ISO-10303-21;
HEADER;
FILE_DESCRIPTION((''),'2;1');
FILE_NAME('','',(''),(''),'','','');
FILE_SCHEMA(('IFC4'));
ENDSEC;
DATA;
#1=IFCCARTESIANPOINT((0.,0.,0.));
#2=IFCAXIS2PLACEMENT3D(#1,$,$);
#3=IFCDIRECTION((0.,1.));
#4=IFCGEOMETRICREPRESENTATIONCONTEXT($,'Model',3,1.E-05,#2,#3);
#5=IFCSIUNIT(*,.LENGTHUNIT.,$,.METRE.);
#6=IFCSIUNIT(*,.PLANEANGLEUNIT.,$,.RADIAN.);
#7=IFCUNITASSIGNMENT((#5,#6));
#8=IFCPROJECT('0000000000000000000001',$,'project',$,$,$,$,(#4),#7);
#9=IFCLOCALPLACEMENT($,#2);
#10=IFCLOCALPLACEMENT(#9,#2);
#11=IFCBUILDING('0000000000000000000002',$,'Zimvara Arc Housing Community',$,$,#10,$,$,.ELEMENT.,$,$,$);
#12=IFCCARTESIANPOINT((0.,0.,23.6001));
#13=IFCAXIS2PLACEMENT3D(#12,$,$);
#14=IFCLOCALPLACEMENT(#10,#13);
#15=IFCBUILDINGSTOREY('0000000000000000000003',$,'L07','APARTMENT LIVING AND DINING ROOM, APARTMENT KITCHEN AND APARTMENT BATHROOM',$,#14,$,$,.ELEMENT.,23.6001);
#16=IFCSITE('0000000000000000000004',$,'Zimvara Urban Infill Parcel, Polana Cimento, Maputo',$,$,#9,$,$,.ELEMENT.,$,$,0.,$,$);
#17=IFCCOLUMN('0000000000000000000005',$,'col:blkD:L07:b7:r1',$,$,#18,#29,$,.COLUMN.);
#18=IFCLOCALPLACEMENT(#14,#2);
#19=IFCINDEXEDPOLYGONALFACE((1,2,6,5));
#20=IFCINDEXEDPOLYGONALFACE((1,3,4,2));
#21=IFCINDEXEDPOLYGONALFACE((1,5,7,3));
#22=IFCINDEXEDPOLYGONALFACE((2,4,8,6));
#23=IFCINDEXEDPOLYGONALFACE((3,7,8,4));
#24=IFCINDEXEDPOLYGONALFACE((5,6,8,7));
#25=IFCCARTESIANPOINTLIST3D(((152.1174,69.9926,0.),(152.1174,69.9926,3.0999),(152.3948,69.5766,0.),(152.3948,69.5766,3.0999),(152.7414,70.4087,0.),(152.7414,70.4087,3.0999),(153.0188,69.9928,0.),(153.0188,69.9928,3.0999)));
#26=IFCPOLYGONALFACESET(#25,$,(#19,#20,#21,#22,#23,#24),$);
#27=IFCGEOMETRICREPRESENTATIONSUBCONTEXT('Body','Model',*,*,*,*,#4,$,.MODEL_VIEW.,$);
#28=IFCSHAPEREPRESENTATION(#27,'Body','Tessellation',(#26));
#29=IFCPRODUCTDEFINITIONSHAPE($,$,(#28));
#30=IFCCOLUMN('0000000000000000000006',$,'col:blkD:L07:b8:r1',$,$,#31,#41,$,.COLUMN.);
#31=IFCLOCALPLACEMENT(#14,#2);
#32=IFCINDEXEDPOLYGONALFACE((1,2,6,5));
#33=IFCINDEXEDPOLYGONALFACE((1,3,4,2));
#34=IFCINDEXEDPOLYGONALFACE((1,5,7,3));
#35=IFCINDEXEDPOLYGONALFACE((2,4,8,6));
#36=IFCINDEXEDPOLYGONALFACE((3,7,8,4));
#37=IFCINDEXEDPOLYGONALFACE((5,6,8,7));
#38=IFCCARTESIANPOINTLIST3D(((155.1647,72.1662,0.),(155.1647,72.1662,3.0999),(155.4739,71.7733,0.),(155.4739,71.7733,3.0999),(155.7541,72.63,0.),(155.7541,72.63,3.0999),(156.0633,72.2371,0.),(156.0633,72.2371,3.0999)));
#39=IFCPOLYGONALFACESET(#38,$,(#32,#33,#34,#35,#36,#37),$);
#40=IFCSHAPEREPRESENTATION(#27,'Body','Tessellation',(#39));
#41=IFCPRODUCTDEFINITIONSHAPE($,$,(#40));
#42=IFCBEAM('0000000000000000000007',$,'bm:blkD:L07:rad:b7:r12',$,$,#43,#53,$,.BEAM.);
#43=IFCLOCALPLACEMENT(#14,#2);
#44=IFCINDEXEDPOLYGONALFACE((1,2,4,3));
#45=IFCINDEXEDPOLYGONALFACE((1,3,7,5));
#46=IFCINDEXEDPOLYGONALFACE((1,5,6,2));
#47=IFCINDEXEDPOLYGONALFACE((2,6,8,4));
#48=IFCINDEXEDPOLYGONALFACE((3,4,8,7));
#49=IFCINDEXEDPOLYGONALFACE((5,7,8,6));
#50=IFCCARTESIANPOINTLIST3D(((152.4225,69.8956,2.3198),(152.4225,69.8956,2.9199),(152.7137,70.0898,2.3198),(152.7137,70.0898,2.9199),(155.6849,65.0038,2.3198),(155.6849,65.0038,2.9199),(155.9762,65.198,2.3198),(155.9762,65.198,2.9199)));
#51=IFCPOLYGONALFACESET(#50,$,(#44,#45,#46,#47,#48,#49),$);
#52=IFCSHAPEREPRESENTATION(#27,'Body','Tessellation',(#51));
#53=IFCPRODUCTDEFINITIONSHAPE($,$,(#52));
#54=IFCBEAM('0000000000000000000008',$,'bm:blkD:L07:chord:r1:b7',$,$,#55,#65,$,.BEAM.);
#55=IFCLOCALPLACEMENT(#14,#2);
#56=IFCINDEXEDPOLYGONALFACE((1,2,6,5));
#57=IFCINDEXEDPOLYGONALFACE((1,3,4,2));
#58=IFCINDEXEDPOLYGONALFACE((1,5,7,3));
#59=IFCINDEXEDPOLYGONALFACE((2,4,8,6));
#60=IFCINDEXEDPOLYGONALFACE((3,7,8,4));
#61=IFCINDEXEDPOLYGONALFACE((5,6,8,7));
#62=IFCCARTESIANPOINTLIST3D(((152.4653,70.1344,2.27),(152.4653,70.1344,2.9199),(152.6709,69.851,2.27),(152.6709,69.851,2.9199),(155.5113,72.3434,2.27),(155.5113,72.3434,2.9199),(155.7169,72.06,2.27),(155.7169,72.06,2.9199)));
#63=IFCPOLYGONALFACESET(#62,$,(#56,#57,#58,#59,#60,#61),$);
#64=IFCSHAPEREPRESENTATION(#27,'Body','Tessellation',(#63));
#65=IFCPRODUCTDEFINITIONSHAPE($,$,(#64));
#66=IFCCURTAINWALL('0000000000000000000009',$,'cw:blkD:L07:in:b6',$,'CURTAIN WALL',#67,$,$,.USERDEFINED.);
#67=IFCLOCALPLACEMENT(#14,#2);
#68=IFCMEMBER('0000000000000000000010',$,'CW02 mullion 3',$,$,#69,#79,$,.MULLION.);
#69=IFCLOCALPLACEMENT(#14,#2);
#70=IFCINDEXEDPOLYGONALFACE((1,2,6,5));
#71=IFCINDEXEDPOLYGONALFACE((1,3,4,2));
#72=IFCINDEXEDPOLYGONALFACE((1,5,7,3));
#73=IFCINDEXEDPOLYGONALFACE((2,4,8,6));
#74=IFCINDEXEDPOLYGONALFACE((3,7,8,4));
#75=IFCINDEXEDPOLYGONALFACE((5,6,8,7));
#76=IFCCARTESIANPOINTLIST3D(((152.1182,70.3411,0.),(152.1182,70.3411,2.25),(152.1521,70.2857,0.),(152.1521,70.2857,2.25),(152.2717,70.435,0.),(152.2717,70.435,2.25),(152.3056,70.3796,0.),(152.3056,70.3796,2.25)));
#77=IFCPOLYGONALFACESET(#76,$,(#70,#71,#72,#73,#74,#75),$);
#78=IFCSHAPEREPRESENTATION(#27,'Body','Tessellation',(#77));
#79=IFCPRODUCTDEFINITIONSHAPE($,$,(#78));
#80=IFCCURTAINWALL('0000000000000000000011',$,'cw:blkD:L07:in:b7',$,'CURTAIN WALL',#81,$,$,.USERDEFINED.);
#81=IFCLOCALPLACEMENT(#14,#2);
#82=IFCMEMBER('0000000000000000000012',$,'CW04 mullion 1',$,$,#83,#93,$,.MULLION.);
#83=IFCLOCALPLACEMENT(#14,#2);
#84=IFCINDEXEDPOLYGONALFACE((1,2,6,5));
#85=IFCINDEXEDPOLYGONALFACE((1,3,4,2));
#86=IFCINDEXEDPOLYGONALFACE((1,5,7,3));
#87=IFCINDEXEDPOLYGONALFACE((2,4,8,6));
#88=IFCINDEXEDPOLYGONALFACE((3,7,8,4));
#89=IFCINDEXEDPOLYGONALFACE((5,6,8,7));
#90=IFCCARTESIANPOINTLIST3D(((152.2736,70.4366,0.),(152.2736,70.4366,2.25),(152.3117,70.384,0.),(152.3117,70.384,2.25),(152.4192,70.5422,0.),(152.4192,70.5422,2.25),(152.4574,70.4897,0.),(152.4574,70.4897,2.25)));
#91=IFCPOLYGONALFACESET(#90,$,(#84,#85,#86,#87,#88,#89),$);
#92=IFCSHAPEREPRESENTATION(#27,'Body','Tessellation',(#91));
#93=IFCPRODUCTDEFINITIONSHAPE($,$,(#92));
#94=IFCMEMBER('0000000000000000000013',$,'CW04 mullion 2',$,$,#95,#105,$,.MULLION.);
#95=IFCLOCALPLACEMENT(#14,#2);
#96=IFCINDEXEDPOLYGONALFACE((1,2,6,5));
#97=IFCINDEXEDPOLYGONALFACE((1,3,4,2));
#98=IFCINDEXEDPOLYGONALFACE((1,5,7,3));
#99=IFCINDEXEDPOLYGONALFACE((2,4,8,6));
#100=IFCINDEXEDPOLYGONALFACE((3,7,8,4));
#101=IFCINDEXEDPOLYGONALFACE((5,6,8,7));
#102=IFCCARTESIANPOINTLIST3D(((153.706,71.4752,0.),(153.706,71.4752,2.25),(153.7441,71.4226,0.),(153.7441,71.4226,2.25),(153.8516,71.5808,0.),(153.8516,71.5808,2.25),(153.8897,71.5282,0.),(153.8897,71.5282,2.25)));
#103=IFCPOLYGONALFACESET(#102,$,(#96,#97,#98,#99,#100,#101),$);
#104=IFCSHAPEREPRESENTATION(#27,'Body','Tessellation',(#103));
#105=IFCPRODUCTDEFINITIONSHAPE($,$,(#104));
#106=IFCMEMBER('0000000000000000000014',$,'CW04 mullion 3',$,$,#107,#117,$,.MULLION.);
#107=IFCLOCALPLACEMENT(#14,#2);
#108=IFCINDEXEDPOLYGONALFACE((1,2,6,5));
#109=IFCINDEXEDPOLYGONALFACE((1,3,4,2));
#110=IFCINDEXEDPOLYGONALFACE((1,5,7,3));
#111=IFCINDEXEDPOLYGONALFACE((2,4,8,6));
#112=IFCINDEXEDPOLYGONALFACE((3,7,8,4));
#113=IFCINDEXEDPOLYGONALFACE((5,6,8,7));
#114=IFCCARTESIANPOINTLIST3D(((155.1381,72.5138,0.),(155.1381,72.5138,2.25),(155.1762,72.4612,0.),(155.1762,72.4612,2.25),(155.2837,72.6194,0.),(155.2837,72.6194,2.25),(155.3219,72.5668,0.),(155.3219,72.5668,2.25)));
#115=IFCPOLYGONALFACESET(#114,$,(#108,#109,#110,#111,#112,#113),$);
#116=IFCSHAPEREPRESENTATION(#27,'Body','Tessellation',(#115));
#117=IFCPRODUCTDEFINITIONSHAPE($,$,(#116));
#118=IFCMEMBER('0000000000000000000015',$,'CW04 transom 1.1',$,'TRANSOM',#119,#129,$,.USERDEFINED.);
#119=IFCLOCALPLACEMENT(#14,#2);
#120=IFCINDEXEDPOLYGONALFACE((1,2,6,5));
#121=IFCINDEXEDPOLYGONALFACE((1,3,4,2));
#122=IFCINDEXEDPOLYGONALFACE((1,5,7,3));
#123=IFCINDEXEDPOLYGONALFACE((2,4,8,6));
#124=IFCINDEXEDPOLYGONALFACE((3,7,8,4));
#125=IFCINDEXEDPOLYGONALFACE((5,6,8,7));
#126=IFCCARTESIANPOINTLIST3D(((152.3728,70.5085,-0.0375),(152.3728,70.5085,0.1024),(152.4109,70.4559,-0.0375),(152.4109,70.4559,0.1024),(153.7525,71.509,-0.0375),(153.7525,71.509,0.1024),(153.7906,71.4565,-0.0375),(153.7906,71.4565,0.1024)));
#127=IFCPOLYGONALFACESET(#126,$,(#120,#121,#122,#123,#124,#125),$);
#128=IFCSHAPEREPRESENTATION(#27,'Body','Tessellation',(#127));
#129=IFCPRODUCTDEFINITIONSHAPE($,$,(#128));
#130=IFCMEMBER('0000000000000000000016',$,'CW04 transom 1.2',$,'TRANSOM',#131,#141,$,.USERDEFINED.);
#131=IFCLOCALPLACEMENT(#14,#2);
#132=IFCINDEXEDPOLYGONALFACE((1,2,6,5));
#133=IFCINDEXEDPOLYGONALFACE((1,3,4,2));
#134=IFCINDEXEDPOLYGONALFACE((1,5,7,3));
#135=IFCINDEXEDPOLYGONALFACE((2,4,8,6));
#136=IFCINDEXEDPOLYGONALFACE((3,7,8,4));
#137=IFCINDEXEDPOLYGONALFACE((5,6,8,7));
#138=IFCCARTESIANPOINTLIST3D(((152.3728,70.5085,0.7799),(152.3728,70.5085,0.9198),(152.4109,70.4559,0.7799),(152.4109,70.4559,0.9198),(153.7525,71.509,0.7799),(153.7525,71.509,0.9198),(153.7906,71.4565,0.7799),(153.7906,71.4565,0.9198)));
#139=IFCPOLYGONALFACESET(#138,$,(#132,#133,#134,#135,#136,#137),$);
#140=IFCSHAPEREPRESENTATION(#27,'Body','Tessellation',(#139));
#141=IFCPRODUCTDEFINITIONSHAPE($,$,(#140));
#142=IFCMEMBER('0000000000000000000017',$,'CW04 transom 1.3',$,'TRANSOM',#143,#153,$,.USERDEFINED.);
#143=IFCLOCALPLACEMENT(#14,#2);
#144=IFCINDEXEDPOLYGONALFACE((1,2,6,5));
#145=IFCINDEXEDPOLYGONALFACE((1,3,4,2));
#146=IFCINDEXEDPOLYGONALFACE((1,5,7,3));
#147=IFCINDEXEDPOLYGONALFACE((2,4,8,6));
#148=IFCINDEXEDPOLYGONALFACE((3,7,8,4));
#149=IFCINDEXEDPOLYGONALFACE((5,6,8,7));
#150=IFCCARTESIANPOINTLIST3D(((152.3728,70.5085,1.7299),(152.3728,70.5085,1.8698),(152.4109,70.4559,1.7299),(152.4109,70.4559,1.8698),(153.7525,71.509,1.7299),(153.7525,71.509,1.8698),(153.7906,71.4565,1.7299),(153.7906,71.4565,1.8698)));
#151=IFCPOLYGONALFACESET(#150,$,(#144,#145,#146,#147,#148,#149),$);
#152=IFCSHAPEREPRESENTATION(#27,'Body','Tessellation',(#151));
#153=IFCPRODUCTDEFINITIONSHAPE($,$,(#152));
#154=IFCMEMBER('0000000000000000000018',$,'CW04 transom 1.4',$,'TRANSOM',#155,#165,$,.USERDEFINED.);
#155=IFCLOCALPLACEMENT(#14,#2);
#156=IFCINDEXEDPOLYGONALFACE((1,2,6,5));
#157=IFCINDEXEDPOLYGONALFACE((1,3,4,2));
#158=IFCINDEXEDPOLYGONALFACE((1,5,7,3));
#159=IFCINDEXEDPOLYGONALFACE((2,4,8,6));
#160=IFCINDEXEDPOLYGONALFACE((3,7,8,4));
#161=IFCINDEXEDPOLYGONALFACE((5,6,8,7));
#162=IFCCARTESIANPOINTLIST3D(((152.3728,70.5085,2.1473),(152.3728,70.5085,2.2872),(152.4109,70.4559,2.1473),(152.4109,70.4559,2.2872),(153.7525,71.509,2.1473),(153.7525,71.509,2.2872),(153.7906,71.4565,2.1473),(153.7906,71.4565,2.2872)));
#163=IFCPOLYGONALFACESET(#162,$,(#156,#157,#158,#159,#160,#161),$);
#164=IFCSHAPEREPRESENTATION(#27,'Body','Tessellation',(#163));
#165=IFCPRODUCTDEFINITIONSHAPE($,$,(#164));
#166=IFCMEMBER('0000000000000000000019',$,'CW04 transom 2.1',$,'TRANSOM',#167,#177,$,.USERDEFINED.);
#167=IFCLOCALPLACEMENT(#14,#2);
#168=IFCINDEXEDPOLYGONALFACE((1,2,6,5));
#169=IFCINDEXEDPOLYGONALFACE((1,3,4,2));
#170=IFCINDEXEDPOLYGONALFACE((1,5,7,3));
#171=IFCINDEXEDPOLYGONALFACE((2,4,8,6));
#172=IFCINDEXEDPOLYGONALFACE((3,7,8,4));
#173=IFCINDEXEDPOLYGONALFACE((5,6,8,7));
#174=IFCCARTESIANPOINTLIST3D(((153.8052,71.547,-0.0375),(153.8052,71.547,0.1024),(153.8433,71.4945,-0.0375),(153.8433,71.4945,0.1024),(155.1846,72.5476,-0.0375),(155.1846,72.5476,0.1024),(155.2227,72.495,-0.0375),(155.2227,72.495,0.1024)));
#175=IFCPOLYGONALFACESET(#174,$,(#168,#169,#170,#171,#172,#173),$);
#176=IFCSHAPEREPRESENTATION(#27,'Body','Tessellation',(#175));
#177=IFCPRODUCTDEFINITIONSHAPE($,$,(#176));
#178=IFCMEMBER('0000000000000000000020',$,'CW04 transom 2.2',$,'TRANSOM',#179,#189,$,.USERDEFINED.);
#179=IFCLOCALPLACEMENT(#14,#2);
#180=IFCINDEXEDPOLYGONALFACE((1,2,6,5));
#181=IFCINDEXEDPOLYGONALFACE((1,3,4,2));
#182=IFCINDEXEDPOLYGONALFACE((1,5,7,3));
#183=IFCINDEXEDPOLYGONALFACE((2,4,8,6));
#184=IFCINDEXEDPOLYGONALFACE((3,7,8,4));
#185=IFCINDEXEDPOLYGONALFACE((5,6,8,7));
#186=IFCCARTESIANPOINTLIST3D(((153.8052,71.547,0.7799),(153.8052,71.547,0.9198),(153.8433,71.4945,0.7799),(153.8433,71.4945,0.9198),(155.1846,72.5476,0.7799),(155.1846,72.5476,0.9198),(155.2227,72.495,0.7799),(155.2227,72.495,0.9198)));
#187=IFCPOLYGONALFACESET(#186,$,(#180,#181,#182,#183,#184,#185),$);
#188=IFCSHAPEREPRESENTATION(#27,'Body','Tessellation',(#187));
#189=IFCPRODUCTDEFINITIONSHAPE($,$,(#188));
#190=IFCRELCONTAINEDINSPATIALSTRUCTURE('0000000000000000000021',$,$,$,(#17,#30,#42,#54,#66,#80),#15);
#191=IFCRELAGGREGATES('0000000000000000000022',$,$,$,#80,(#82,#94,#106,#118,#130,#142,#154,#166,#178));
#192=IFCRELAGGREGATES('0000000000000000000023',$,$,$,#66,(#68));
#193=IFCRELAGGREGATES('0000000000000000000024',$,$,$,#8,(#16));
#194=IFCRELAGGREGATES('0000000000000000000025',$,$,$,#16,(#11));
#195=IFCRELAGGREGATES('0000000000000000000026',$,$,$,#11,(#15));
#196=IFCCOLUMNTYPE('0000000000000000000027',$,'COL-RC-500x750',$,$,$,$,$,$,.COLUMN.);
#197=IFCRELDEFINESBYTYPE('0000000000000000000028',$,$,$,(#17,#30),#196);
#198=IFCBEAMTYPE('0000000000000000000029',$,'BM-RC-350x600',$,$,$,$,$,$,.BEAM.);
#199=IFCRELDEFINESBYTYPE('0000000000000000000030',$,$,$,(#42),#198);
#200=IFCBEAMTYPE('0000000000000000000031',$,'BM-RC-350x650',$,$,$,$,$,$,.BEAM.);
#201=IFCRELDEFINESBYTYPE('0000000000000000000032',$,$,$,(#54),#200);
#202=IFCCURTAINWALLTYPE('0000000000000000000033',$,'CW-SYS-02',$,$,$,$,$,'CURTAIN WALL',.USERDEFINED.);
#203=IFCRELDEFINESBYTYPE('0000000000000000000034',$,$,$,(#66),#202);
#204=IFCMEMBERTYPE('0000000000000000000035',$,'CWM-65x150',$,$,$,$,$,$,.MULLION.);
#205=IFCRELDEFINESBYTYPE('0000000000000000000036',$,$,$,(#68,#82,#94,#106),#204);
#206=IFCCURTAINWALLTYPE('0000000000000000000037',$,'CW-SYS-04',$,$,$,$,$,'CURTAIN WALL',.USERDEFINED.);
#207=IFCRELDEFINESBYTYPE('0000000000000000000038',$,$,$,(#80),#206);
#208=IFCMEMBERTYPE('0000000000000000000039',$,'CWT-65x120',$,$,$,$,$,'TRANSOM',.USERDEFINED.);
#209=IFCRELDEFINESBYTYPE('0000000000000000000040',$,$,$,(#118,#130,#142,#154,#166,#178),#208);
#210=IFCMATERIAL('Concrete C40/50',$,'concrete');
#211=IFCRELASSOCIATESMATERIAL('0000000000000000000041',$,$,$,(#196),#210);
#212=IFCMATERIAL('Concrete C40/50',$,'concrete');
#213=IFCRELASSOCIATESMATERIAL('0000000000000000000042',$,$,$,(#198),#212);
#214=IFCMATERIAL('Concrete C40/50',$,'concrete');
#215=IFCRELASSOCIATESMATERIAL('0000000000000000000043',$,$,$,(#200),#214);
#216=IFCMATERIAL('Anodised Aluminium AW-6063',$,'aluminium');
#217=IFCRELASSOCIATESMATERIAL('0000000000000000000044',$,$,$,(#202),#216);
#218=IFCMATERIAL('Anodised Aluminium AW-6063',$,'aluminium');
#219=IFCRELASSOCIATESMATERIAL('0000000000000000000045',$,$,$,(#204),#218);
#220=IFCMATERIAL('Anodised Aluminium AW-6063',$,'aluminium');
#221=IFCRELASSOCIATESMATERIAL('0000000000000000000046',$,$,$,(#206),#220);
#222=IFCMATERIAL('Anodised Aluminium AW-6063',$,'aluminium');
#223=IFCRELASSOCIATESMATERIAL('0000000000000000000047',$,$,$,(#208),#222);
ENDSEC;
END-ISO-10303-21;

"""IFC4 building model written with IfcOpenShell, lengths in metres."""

from ifc_helpers import new_model, si_unit, direction, frame, origin, origin_2d, place, context, subcontext, project, spatial, rectangle, extrude, material, material_profile, profile_set, type_object, element, aggregate, save


model = new_model("IFC4")

# Units and contexts
model_context = context("Model", 3, precision=1e-05, world=origin(), true_north=direction((0.0, 1.0)))
body_context = subcontext(model_context, "Body", "Model", "MODEL_VIEW")
ifc_project = project(units=[si_unit("LENGTHUNIT", "METRE"), si_unit("PLANEANGLEUNIT", "RADIAN")], contexts=[model_context])

# Site, building, storey
site_placement = place(None, origin())
site = spatial("IfcSite", under=ifc_project, at=site_placement, Name="Zimvara Urban Infill Parcel, Polana Cimento, Maputo", CompositionType="ELEMENT", RefElevation=0.0)
building_placement = place(site_placement, origin())
building = spatial("IfcBuilding", under=site, at=building_placement, Name="Zimvara Arc Housing Community", CompositionType="ELEMENT")
storey_placement = place(building_placement, frame((0.0, 0.0, 23.6001)))
storey = spatial("IfcBuildingStorey", under=building, at=storey_placement, Name="L07", Description="APARTMENT LIVING AND DINING ROOM, APARTMENT KITCHEN AND APARTMENT BATHROOM", CompositionType="ELEMENT", Elevation=23.6001)

# Columns
ifc_material_1 = material(Name="Concrete C40/50", Category="concrete")
ifc_material_profile_1 = material_profile(ifc_material_1, rectangle(XDim=0.5, YDim=0.75, at=origin_2d()), Name="RC 500x750")
ifc_profile_set_1 = profile_set([ifc_material_profile_1], Name="Concrete C40/50")
column_type = type_object("IfcColumnType", Name="COL-RC-500x750", PredefinedType="COLUMN", material=ifc_profile_set_1)
for number, where, z_axis, x_axis, name in (
    (1, (152.5681, 69.9927, 0.0), (0.0, 0.0, 1.0), (0.554844, -0.831954, 0.0), "col:blkD:L07:b7:r1"),
    (2, (155.614, 72.2017, 0.0), (0.0, 0.0, 1.0), (0.618408, -0.785857, 0.0), "col:blkD:L07:b8:r1"),
):
    element("IfcColumn", number, at=place(storey_placement, frame(where, z_axis=z_axis, x_axis=x_axis)), inside=storey, type_object=column_type, Name=name, PredefinedType="COLUMN", context=body_context, shape_type="SweptSolid", body=[
        extrude(rectangle(XDim=0.5, YDim=0.75, at=origin_2d()), origin(), (0.0, 0.0, 1.0), 3.0999),
    ])

# Beams
ifc_material_2 = material(Name="Concrete C40/50", Category="concrete")
ifc_material_profile_2 = material_profile(ifc_material_2, rectangle(XDim=0.3501, YDim=0.6001, at=origin_2d()), Name="RC 350x600")
ifc_profile_set_2 = profile_set([ifc_material_profile_2], Name="Concrete C40/50")
beam_type_1 = type_object("IfcBeamType", Name="BM-RC-350x600", PredefinedType="BEAM", material=ifc_profile_set_2)
beam_1_placement = place(storey_placement, frame((152.5681, 69.9927, 2.6199), z_axis=(0.554844, -0.831954, 0.0), x_axis=(0.831954, 0.554844, 0.0)))
element("IfcBeam", 3, at=beam_1_placement, inside=storey, type_object=beam_type_1, Name="bm:blkD:L07:rad:b7:r12", PredefinedType="BEAM", context=body_context, shape_type="SweptSolid", body=[
    extrude(rectangle(XDim=0.3501, YDim=0.6001, at=origin_2d()), origin(), (0.0, 0.0, 1.0), 5.8799),
])
ifc_material_3 = material(Name="Concrete C40/50", Category="concrete")
ifc_material_profile_3 = material_profile(ifc_material_3, rectangle(XDim=0.3501, YDim=0.6499, at=origin_2d()), Name="RC 350x650")
ifc_profile_set_3 = profile_set([ifc_material_profile_3], Name="Concrete C40/50")
beam_type_2 = type_object("IfcBeamType", Name="BM-RC-350x650", PredefinedType="BEAM", material=ifc_profile_set_3)
beam_2_placement = place(storey_placement, frame((152.5681, 69.9927, 2.595), z_axis=(0.809521, 0.587091, 0.0), x_axis=(-0.587091, 0.809521, 0.0)))
element("IfcBeam", 4, at=beam_2_placement, inside=storey, type_object=beam_type_2, Name="bm:blkD:L07:chord:r1:b7", PredefinedType="BEAM", context=body_context, shape_type="SweptSolid", body=[
    extrude(rectangle(XDim=0.3501, YDim=0.6499, at=origin_2d()), origin(), (0.0, 0.0, 1.0), 3.7627),
])

# Curtain wall, member
ifc_material_4 = material(Name="Anodised Aluminium AW-6063", Category="aluminium")
curtain_wall_type_1 = type_object("IfcCurtainWallType", Name="CW-SYS-02", ElementType="CURTAIN WALL", PredefinedType="USERDEFINED", material=ifc_material_4)
curtain_wall_1_placement = place(storey_placement, origin())
curtain_wall_1 = element("IfcCurtainWall", 5, at=curtain_wall_1_placement, inside=storey, type_object=curtain_wall_type_1, Name="cw:blkD:L07:in:b6", ObjectType="CURTAIN WALL", PredefinedType="USERDEFINED")
ifc_material_5 = material(Name="Anodised Aluminium AW-6063", Category="aluminium")
ifc_material_profile_4 = material_profile(ifc_material_5, rectangle(XDim=0.0649, YDim=0.1799, at=origin_2d()), Name="ALU 65x180")
ifc_profile_set_4 = profile_set([ifc_material_profile_4], Name="Anodised Aluminium AW-6063")
member_type_1 = type_object("IfcMemberType", Name="CWM-65x150", PredefinedType="MULLION", material=ifc_profile_set_4)
member_1_placement = place(storey_placement, frame((152.2119, 70.3604, 0.0), z_axis=(0.0, 0.0, 1.0), x_axis=(-0.521754, 0.853096, 0.0)))
member_1 = element("IfcMember", 6, at=member_1_placement, type_object=member_type_1, Name="CW02 mullion 3", PredefinedType="MULLION", context=body_context, shape_type="SweptSolid", body=[
    extrude(rectangle(XDim=0.0649, YDim=0.1799, at=origin_2d()), origin(), (0.0, 0.0, 1.0), 2.25),
])

# Curtain wall, members
ifc_material_6 = material(Name="Anodised Aluminium AW-6063", Category="aluminium")
curtain_wall_type_2 = type_object("IfcCurtainWallType", Name="CW-SYS-04", ElementType="CURTAIN WALL", PredefinedType="USERDEFINED", material=ifc_material_6)
curtain_wall_2_placement = place(storey_placement, origin())
curtain_wall_2 = element("IfcCurtainWall", 7, at=curtain_wall_2_placement, inside=storey, type_object=curtain_wall_type_2, Name="cw:blkD:L07:in:b7", ObjectType="CURTAIN WALL", PredefinedType="USERDEFINED")
member_2_placement = place(storey_placement, frame((152.3655, 70.4631, 0.0), z_axis=(0.0, 0.0, 1.0), x_axis=(-0.587079, 0.80953, 0.0)))
member_2 = element("IfcMember", 8, at=member_2_placement, type_object=member_type_1, Name="CW04 mullion 1", PredefinedType="MULLION", context=body_context, shape_type="SweptSolid", body=[
    extrude(rectangle(XDim=0.0649, YDim=0.1799, at=origin_2d()), origin(), (0.0, 0.0, 1.0), 2.25),
])
member_3_placement = place(storey_placement, frame((153.7979, 71.5017, 0.0), z_axis=(0.0, 0.0, 1.0), x_axis=(-0.587079, 0.80953, 0.0)))
member_3 = element("IfcMember", 9, at=member_3_placement, type_object=member_type_1, Name="CW04 mullion 2", PredefinedType="MULLION", context=body_context, shape_type="SweptSolid", body=[
    extrude(rectangle(XDim=0.0649, YDim=0.1799, at=origin_2d()), origin(), (0.0, 0.0, 1.0), 2.25),
])
member_4_placement = place(storey_placement, frame((155.23, 72.5403, 0.0), z_axis=(0.0, 0.0, 1.0), x_axis=(-0.587079, 0.80953, 0.0)))
member_4 = element("IfcMember", 10, at=member_4_placement, type_object=member_type_1, Name="CW04 mullion 3", PredefinedType="MULLION", context=body_context, shape_type="SweptSolid", body=[
    extrude(rectangle(XDim=0.0649, YDim=0.1799, at=origin_2d()), origin(), (0.0, 0.0, 1.0), 2.25),
])
ifc_material_7 = material(Name="Anodised Aluminium AW-6063", Category="aluminium")
ifc_material_profile_5 = material_profile(ifc_material_7, rectangle(XDim=0.0649, YDim=0.1399, at=origin_2d()), Name="ALU 65x140")
ifc_profile_set_5 = profile_set([ifc_material_profile_5], Name="Anodised Aluminium AW-6063")
member_type_2 = type_object("IfcMemberType", Name="CWT-65x120", ElementType="TRANSOM", PredefinedType="USERDEFINED", material=ifc_profile_set_5)
member_5_placement = place(storey_placement, frame((152.3918, 70.4822, 0.0325), z_axis=(0.809541, 0.587064, 0.0), x_axis=(-0.587064, 0.809541, 0.0)))
member_5 = element("IfcMember", 11, at=member_5_placement, type_object=member_type_2, Name="CW04 transom 1.1", ObjectType="TRANSOM", PredefinedType="USERDEFINED", context=body_context, shape_type="SweptSolid", body=[
    extrude(rectangle(XDim=0.0649, YDim=0.1399, at=origin_2d()), origin(), (0.0, 0.0, 1.0), 1.7043),
])
member_6_placement = place(storey_placement, frame((152.3918, 70.4822, 0.8499), z_axis=(0.809541, 0.587064, 0.0), x_axis=(-0.587064, 0.809541, 0.0)))
member_6 = element("IfcMember", 12, at=member_6_placement, type_object=member_type_2, Name="CW04 transom 1.2", ObjectType="TRANSOM", PredefinedType="USERDEFINED", context=body_context, shape_type="SweptSolid", body=[
    extrude(rectangle(XDim=0.0649, YDim=0.1399, at=origin_2d()), origin(), (0.0, 0.0, 1.0), 1.7043),
])
member_7_placement = place(storey_placement, frame((152.3918, 70.4822, 1.7998), z_axis=(0.809541, 0.587064, 0.0), x_axis=(-0.587064, 0.809541, 0.0)))
member_7 = element("IfcMember", 13, at=member_7_placement, type_object=member_type_2, Name="CW04 transom 1.3", ObjectType="TRANSOM", PredefinedType="USERDEFINED", context=body_context, shape_type="SweptSolid", body=[
    extrude(rectangle(XDim=0.0649, YDim=0.1399, at=origin_2d()), origin(), (0.0, 0.0, 1.0), 1.7043),
])
member_8_placement = place(storey_placement, frame((152.3918, 70.4822, 2.2173), z_axis=(0.809541, 0.587064, 0.0), x_axis=(-0.587064, 0.809541, 0.0)))
member_8 = element("IfcMember", 14, at=member_8_placement, type_object=member_type_2, Name="CW04 transom 1.4", ObjectType="TRANSOM", PredefinedType="USERDEFINED", context=body_context, shape_type="SweptSolid", body=[
    extrude(rectangle(XDim=0.0649, YDim=0.1399, at=origin_2d()), origin(), (0.0, 0.0, 1.0), 1.7043),
])
member_9_placement = place(storey_placement, frame((153.8242, 71.5208, 0.0325), z_axis=(0.809491, 0.587132, 0.0), x_axis=(-0.587132, 0.809491, 0.0)))
member_9 = element("IfcMember", 15, at=member_9_placement, type_object=member_type_2, Name="CW04 transom 2.1", ObjectType="TRANSOM", PredefinedType="USERDEFINED", context=body_context, shape_type="SweptSolid", body=[
    extrude(rectangle(XDim=0.0649, YDim=0.1399, at=origin_2d()), origin(), (0.0, 0.0, 1.0), 1.7041),
])
member_10_placement = place(storey_placement, frame((153.8242, 71.5208, 0.8499), z_axis=(0.809491, 0.587132, 0.0), x_axis=(-0.587132, 0.809491, 0.0)))
member_10 = element("IfcMember", 16, at=member_10_placement, type_object=member_type_2, Name="CW04 transom 2.2", ObjectType="TRANSOM", PredefinedType="USERDEFINED", context=body_context, shape_type="SweptSolid", body=[
    extrude(rectangle(XDim=0.0649, YDim=0.1399, at=origin_2d()), origin(), (0.0, 0.0, 1.0), 1.7041),
])
aggregate(curtain_wall_2, [member_2, member_3, member_4, member_5, member_6, member_7, member_8, member_9, member_10])

aggregate(curtain_wall_1, [member_1])

save(model, "model.ifc")
